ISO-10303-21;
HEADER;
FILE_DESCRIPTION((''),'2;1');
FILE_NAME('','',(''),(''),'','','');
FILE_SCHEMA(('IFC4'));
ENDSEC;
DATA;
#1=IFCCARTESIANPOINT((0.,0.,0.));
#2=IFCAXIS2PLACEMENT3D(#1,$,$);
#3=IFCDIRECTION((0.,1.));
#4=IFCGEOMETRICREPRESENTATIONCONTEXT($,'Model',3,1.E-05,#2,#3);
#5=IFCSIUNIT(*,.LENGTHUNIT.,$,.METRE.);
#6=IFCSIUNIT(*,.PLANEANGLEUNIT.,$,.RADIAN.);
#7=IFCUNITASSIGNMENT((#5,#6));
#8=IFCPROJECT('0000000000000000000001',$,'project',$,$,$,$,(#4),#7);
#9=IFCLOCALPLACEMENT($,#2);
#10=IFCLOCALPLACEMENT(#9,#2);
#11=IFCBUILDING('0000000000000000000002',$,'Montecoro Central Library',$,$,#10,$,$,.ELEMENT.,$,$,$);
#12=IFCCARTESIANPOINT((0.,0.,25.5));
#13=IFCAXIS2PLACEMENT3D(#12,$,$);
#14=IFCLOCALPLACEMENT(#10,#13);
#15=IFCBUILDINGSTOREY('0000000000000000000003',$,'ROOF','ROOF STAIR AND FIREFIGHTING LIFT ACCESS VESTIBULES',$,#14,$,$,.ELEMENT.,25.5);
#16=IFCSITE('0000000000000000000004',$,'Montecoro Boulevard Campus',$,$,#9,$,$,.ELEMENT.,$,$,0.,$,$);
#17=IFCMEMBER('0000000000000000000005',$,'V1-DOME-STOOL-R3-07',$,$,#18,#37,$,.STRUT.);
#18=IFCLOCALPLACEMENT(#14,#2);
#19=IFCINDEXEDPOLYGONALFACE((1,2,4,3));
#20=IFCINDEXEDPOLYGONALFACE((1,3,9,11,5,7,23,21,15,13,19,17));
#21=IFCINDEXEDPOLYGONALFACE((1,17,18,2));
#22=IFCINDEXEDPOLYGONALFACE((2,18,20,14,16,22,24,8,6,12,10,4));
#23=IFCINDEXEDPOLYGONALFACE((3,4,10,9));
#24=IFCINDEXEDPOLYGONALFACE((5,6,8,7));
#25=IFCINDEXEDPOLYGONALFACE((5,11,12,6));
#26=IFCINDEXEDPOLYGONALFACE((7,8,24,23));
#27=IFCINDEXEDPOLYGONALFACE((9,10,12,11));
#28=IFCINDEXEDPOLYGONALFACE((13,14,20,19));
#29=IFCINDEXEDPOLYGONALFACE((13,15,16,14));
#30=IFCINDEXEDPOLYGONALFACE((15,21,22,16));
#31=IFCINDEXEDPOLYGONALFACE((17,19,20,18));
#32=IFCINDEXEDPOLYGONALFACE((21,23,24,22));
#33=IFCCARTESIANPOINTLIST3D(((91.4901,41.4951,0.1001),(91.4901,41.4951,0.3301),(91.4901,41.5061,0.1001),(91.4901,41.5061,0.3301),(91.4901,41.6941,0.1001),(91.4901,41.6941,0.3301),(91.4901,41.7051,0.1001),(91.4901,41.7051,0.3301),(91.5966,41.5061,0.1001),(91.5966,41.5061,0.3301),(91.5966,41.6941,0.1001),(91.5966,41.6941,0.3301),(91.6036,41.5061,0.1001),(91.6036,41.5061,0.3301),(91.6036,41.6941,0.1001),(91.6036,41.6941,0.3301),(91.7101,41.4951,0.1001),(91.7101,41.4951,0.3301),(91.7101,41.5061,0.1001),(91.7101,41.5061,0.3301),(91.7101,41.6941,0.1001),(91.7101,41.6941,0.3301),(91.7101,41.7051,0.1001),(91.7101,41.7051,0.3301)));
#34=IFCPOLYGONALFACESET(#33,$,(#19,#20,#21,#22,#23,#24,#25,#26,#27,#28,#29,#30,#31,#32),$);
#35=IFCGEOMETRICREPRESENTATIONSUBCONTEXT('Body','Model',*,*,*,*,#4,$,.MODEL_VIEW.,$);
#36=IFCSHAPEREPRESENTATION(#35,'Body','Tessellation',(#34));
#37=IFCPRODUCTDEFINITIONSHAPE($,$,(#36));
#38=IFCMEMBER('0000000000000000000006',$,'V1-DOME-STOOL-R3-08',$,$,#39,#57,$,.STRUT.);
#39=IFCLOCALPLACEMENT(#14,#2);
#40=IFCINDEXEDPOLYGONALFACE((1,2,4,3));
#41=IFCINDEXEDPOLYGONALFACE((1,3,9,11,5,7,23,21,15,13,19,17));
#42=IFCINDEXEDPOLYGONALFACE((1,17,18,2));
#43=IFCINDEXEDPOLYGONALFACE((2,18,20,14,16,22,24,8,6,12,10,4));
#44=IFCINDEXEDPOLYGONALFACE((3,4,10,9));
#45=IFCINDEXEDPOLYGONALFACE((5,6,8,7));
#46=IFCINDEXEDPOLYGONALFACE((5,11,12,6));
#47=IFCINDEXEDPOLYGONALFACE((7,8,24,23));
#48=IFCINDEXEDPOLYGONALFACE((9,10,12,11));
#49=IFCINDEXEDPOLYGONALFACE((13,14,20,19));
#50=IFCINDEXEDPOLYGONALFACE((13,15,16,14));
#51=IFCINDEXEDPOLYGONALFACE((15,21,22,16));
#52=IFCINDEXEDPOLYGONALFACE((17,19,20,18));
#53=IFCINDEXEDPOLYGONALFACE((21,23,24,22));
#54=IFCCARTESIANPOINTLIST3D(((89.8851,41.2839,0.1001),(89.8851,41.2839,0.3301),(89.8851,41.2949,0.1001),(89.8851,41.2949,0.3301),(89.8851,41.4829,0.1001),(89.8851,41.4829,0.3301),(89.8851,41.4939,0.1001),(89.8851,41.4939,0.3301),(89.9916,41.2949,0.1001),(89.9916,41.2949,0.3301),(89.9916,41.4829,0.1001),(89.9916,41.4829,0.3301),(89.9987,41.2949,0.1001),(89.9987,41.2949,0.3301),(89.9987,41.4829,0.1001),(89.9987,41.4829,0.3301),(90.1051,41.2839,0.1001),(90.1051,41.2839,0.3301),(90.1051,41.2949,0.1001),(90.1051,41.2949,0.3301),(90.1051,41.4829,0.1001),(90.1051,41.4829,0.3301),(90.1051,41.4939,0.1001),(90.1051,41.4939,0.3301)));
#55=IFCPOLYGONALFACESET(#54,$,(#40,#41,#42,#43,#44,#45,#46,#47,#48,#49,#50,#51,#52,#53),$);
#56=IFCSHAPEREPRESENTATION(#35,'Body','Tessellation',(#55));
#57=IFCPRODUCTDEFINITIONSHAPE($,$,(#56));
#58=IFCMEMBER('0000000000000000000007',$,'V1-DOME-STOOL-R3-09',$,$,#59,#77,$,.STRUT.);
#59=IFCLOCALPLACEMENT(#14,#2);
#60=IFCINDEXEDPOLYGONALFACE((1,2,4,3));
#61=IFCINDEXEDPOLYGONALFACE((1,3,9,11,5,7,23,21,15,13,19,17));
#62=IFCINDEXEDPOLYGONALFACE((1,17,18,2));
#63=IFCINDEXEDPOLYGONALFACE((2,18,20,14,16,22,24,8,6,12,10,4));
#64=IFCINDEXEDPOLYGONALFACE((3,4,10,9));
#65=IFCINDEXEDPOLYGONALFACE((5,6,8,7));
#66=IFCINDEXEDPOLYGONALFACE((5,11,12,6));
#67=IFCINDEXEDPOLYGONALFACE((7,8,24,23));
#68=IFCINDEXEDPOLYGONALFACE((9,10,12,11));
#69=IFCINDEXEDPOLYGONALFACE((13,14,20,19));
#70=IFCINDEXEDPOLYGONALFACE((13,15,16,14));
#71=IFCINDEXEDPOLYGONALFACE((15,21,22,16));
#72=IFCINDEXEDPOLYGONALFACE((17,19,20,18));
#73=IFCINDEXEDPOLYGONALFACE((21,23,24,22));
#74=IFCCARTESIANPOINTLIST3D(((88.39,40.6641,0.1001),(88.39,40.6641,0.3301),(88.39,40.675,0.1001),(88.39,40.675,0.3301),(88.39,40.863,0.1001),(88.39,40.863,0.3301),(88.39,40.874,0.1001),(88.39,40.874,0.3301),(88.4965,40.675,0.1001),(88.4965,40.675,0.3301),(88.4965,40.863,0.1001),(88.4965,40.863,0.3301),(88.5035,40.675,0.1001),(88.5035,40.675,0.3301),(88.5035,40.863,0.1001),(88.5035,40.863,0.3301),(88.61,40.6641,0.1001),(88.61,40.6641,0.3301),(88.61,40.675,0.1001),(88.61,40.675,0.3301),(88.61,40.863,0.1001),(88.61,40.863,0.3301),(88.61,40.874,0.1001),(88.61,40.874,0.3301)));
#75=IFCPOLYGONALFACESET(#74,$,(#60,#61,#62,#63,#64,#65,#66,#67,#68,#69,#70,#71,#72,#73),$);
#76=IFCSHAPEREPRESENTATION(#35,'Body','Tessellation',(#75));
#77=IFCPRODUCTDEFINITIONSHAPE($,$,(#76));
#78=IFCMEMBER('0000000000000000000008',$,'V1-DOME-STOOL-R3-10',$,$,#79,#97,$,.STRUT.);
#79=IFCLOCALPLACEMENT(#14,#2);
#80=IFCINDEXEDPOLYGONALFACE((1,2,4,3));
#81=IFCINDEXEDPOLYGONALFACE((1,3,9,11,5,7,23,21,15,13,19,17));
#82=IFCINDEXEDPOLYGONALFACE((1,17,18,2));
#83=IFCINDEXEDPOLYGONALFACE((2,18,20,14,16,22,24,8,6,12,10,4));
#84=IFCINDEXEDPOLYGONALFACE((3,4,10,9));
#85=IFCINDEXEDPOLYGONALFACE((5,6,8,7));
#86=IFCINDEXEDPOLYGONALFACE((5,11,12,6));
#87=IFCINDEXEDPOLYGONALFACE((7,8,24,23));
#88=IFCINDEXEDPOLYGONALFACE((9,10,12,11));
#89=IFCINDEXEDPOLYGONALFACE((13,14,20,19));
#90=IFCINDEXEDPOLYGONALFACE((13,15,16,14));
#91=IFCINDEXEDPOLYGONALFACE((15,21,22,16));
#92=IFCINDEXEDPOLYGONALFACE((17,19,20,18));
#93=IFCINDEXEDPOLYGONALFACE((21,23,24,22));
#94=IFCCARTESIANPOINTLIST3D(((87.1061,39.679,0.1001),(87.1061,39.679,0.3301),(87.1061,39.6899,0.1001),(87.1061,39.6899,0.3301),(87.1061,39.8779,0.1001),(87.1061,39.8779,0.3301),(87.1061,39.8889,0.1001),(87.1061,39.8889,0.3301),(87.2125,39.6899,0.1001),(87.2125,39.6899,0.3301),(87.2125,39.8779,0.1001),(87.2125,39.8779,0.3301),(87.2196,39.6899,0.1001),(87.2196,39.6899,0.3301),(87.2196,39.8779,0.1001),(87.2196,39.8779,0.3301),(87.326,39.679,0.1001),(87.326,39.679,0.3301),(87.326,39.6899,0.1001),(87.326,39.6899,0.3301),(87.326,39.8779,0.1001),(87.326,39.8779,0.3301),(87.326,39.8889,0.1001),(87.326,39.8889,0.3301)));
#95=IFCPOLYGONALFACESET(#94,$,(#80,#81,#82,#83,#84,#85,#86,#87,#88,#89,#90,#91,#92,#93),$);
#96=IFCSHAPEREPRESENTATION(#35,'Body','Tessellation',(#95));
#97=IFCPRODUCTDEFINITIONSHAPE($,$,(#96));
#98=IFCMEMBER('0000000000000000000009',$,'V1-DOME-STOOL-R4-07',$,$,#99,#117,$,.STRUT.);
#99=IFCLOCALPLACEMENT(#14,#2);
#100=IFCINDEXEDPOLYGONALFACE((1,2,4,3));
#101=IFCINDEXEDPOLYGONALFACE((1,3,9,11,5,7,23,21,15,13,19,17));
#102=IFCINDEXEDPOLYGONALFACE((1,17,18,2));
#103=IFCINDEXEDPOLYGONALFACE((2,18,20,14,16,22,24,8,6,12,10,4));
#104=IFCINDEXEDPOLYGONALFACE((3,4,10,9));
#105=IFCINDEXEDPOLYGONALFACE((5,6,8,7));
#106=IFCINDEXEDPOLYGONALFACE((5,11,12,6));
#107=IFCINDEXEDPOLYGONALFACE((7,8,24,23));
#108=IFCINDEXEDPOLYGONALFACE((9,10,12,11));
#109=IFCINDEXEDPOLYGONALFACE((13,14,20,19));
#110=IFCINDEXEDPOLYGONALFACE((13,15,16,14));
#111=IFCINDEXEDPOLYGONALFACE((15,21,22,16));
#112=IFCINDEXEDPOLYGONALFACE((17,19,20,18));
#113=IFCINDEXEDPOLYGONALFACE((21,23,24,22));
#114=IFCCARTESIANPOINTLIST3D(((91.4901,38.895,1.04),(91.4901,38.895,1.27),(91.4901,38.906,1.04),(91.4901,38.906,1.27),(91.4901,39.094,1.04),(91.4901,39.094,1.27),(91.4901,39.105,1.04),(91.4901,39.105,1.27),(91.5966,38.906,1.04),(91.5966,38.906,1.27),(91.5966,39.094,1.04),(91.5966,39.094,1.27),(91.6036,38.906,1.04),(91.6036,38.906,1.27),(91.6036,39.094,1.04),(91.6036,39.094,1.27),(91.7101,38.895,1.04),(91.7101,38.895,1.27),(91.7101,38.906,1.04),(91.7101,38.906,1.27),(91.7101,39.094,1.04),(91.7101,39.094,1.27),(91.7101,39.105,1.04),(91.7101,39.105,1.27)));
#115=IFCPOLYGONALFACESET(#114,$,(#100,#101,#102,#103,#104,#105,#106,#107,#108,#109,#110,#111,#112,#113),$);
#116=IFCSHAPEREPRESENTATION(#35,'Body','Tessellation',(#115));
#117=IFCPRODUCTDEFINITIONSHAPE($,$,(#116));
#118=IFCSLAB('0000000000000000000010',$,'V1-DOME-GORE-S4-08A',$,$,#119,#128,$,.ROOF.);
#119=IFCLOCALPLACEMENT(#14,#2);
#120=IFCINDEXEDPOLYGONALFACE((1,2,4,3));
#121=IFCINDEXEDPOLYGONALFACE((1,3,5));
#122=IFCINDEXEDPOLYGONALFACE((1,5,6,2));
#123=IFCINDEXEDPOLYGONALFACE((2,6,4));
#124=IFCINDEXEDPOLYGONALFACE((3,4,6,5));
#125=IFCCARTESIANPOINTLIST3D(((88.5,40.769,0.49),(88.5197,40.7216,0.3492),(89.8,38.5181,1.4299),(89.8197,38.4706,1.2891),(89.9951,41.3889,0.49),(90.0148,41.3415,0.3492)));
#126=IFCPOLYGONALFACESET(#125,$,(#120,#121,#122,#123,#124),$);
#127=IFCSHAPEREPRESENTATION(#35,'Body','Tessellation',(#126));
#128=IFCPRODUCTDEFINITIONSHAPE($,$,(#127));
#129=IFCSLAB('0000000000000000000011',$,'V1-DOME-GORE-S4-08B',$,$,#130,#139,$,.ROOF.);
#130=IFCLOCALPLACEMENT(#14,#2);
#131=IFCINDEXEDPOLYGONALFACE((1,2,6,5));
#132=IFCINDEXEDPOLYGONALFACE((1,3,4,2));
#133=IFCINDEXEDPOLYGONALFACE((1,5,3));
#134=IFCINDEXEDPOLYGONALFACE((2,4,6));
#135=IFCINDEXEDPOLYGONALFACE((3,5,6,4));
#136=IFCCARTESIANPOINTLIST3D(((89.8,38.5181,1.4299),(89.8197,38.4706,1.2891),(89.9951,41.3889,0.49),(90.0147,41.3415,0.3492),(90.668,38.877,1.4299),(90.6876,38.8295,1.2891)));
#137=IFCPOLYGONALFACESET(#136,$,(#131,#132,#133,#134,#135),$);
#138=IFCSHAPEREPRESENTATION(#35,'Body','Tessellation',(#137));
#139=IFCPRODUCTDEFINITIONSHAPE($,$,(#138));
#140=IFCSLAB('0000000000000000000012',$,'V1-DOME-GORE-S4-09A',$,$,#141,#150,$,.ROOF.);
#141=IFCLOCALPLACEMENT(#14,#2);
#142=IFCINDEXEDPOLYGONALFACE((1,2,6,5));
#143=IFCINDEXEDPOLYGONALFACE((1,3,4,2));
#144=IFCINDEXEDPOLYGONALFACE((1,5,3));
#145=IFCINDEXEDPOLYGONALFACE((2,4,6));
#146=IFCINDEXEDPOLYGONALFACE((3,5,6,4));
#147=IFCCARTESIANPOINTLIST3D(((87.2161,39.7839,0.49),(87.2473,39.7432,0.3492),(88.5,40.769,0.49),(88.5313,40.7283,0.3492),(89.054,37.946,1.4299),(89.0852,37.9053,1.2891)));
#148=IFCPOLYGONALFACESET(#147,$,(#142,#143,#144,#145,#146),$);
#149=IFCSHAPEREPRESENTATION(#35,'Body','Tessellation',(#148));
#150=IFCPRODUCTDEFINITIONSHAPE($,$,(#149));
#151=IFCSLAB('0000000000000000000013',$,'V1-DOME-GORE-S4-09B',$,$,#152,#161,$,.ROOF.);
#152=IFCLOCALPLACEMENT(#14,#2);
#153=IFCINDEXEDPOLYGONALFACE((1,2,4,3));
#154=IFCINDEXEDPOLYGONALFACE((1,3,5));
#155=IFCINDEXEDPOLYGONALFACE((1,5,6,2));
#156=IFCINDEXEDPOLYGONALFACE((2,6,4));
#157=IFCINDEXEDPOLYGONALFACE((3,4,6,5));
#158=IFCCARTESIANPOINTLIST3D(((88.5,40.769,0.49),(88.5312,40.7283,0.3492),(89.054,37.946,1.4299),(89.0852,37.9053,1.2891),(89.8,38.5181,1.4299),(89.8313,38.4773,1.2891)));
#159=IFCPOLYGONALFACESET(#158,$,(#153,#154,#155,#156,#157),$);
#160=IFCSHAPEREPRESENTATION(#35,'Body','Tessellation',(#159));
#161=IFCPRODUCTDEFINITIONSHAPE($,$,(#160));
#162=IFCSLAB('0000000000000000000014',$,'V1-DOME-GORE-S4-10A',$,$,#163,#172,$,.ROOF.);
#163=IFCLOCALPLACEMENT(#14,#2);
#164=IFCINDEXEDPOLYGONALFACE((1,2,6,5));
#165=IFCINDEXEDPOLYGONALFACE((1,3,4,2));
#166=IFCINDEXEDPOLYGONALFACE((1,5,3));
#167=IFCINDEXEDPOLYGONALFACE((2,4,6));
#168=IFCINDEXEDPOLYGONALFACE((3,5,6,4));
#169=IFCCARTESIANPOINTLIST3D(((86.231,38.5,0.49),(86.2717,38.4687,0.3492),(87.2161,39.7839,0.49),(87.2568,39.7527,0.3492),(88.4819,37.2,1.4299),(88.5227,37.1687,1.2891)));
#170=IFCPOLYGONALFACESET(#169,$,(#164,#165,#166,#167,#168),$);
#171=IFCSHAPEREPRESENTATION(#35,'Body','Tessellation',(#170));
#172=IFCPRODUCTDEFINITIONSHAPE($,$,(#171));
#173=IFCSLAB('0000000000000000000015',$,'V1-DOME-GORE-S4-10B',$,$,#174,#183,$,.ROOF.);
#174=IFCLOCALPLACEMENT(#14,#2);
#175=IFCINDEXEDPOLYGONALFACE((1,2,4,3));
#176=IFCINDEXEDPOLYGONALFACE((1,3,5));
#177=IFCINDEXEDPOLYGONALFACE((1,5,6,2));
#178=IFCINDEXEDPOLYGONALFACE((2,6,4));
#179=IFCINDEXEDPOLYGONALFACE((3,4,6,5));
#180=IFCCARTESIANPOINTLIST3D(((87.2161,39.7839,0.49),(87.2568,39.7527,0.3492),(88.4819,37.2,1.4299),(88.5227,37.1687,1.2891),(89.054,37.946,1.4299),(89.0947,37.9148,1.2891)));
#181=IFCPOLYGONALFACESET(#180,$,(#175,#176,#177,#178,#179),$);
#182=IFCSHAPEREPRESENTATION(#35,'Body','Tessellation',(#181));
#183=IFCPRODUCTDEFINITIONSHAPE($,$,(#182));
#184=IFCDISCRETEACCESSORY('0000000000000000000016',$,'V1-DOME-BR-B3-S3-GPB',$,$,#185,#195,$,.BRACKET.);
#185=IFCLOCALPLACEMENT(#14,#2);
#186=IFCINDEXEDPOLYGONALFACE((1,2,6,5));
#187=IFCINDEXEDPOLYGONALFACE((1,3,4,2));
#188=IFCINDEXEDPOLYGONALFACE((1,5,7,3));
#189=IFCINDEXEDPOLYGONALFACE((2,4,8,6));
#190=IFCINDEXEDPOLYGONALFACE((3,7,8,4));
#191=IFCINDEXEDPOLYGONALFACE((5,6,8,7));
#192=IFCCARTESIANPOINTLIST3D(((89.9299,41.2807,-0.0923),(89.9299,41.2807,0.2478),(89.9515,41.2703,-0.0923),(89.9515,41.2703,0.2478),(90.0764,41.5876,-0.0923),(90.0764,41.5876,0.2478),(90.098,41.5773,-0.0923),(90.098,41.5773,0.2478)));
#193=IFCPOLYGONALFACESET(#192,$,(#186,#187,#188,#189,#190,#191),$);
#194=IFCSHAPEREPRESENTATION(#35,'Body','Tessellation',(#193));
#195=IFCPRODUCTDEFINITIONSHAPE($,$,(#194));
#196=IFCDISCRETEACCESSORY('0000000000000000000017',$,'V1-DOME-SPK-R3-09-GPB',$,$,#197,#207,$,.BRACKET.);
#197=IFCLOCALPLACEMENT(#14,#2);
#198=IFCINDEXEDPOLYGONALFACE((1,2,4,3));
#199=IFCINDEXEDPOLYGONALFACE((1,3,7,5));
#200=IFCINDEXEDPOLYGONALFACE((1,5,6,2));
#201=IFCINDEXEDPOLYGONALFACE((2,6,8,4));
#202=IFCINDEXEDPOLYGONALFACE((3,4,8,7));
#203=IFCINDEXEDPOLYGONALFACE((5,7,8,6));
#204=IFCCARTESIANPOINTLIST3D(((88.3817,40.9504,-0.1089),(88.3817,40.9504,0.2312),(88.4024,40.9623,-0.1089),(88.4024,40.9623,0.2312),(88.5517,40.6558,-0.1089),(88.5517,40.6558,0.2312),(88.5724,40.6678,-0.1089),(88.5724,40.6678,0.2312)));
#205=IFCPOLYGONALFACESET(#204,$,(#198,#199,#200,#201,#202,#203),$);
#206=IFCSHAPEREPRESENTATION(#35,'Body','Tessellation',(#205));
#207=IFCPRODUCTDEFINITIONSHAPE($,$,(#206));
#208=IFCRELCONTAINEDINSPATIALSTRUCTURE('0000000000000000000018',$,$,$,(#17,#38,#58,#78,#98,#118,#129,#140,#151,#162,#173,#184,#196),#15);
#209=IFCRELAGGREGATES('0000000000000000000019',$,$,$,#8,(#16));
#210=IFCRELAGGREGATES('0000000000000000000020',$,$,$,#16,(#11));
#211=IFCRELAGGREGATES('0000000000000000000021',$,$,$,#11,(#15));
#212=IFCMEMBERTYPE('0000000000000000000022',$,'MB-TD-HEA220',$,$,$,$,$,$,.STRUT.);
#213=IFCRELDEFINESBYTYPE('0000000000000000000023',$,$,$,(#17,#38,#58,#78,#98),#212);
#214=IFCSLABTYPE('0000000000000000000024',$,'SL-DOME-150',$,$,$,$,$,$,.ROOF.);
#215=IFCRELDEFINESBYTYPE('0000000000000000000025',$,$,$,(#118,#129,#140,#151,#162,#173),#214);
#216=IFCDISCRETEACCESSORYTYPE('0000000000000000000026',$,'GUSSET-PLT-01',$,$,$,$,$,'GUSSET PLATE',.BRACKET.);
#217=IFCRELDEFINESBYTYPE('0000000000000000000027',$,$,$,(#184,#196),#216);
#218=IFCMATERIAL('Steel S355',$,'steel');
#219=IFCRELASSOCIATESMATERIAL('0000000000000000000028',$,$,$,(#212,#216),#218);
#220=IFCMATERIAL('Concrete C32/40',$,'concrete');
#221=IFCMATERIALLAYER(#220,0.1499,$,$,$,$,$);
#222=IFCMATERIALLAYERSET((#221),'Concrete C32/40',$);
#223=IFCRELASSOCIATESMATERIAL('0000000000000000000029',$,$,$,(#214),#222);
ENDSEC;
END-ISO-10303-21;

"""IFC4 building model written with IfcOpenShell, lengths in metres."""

from ifc_helpers import new_model, si_unit, direction, frame, origin, origin_2d, place, context, subcontext, project, spatial, polyline, rectangle, i_section, outline, extrude, material, layer, layer_set, material_profile, profile_set, type_object, element, save


model = new_model("IFC4")

# Units and contexts
model_context = context("Model", 3, precision=1e-05, world=origin(), true_north=direction((0.0, 1.0)))
body_context = subcontext(model_context, "Body", "Model", "MODEL_VIEW")
ifc_project = project(units=[si_unit("LENGTHUNIT", "METRE"), si_unit("PLANEANGLEUNIT", "RADIAN")], contexts=[model_context])

# Site, building, storey
site_placement = place(None, origin())
site = spatial("IfcSite", under=ifc_project, at=site_placement, Name="Montecoro Boulevard Campus", CompositionType="ELEMENT", RefElevation=0.0)
building_placement = place(site_placement, origin())
building = spatial("IfcBuilding", under=site, at=building_placement, Name="Montecoro Central Library", CompositionType="ELEMENT")
storey_placement = place(building_placement, frame((0.0, 0.0, 25.5)))
storey = spatial("IfcBuildingStorey", under=building, at=storey_placement, Name="ROOF", Description="ROOF STAIR AND FIREFIGHTING LIFT ACCESS VESTIBULES", CompositionType="ELEMENT", Elevation=25.5)

# Members
ifc_material_1 = material(Name="Steel S355", Category="steel")
ifc_material_profile_1 = material_profile(ifc_material_1, i_section(OverallWidth=0.22, OverallDepth=0.21, WebThickness=0.0071, FlangeThickness=0.011, at=origin_2d()), Name="HEA 220")
ifc_profile_set_1 = profile_set([ifc_material_profile_1], Name="Steel S355")
member_type_1 = type_object("IfcMemberType", Name="MB-TD-HEA220", PredefinedType="STRUT", material=ifc_profile_set_1)
for number, where, z_axis, x_axis, name in (
    (1, (91.6001, 41.6001, 0.1001), (0.0, 0.0, 1.0), (1.0, 0.0, 0.0), "V1-DOME-STOOL-R3-07"),
    (2, (89.9951, 41.3889, 0.1001), (0.0, 0.0, 1.0), (1.0, 0.0, 0.0), "V1-DOME-STOOL-R3-08"),
    (3, (88.5, 40.769, 0.1001), (0.0, 0.0, 1.0), (1.0, 0.0, 0.0), "V1-DOME-STOOL-R3-09"),
    (4, (87.2161, 39.7839, 0.1001), (0.0, 0.0, 1.0), (1.0, 0.0, 0.0), "V1-DOME-STOOL-R3-10"),
    (5, (91.6001, 39.0, 1.04), (0.0, 0.0, 1.0), (1.0, 0.0, 0.0), "V1-DOME-STOOL-R4-07"),
):
    element("IfcMember", number, at=place(storey_placement, frame(where, z_axis=z_axis, x_axis=x_axis)), inside=storey, type_object=member_type_1, Name=name, PredefinedType="STRUT", context=body_context, shape_type="SweptSolid", body=[
        extrude(i_section(OverallWidth=0.22, OverallDepth=0.21, WebThickness=0.0071, FlangeThickness=0.011, at=origin_2d()), origin(), (0.0, 0.0, 1.0), 0.23),
    ])

# Slabs
ifc_material_2 = material(Name="Concrete C32/40", Category="concrete")
ifc_layer = layer(ifc_material_2, 0.1499)
ifc_layer_set = layer_set([ifc_layer], Name="Concrete C32/40")
slab_type = type_object("IfcSlabType", Name="SL-DOME-150", PredefinedType="ROOF", material=ifc_layer_set)
slab_1_placement = place(storey_placement, frame((89.9951, 41.3889, 0.49), z_axis=(-0.131223, 0.316507, 0.93947), x_axis=(-0.923754, -0.382987, 0.0)))
element("IfcSlab", 6, at=slab_1_placement, inside=storey, type_object=slab_type, Name="V1-DOME-GORE-S4-08A", PredefinedType="ROOF", context=body_context, shape_type="SweptSolid", body=[
    extrude(outline(polyline([(0.0, 0.0), (1.6185, 0.0), (1.2797, 2.7433), (0.0, 0.0)])), origin(), (0.0, 0.0, -1.0), 0.1499),
])
slab_2_placement = place(storey_placement, frame((89.9951, 41.3889, 0.49), z_axis=(-0.130873, 0.3165, 0.939521), x_axis=(-0.064441, -0.948384, 0.310509)))
element("IfcSlab", 7, at=slab_2_placement, inside=storey, type_object=slab_type, Name="V1-DOME-GORE-S4-08B", PredefinedType="ROOF", context=body_context, shape_type="SweptSolid", body=[
    extrude(outline(polyline([(0.0, 0.0), (3.0271, 0.0), (2.6308, 0.8515), (0.0, 0.0)])), origin(), (0.0, 0.0, -1.0), 0.1499),
])
slab_3_placement = place(storey_placement, frame((88.5, 40.769, 0.49), z_axis=(-0.208592, 0.271868, 0.939456), x_axis=(-0.79338, -0.608726, 0.0)))
element("IfcSlab", 8, at=slab_3_placement, inside=storey, type_object=slab_type, Name="V1-DOME-GORE-S4-09A", PredefinedType="ROOF", context=body_context, shape_type="SweptSolid", body=[
    extrude(outline(polyline([(0.0, 0.0), (1.6183, 0.0), (1.2789, 2.743), (0.0, 0.0)])), origin(), (0.0, 0.0, -1.0), 0.1499),
])
slab_4_placement = place(storey_placement, frame((88.5, 40.769, 0.49), z_axis=(-0.208463, 0.2719, 0.939475), x_axis=(0.183035, -0.932761, 0.310571)))
element("IfcSlab", 9, at=slab_4_placement, inside=storey, type_object=slab_type, Name="V1-DOME-GORE-S4-09B", PredefinedType="ROOF", context=body_context, shape_type="SweptSolid", body=[
    extrude(outline(polyline([(0.0, 0.0), (3.0265, 0.0), (2.6295, 0.8522), (0.0, 0.0)])), origin(), (0.0, 0.0, -1.0), 0.1499),
])
slab_5_placement = place(storey_placement, frame((87.2161, 39.7839, 0.49), z_axis=(-0.271837, 0.208568, 0.93947), x_axis=(-0.608726, -0.79338, 0.0)))
element("IfcSlab", 10, at=slab_5_placement, inside=storey, type_object=slab_type, Name="V1-DOME-GORE-S4-10A", PredefinedType="ROOF", context=body_context, shape_type="SweptSolid", body=[
    extrude(outline(polyline([(0.0, 0.0), (1.6183, 0.0), (1.2795, 2.7433), (0.0, 0.0)])), origin(), (0.0, 0.0, -1.0), 0.1499),
])
slab_6_placement = place(storey_placement, frame((87.2161, 39.7839, 0.49), z_axis=(-0.271954, 0.208504, 0.939451), x_axis=(0.418189, -0.853638, 0.310516)))
element("IfcSlab", 11, at=slab_6_placement, inside=storey, type_object=slab_type, Name="V1-DOME-GORE-S4-10B", PredefinedType="ROOF", context=body_context, shape_type="SweptSolid", body=[
    extrude(outline(polyline([(0.0, 0.0), (3.027, 0.0), (2.6293, 0.8519), (0.0, 0.0)])), origin(), (0.0, 0.0, -1.0), 0.1499),
])

# Discrete accessories
discrete_accessory_type = type_object("IfcDiscreteAccessoryType", Name="GUSSET-PLT-01", ElementType="GUSSET PLATE", PredefinedType="BRACKET", material=ifc_material_1)
for number, where, z_axis, x_axis, name in (
    (12, (90.0139, 41.429, -0.0923), (0.0, 0.0, 1.0), (-0.430826, -0.902435, 0.0), "V1-DOME-BR-B3-S3-GPB"),
    (13, (88.4771, 40.8091, -0.1089), (0.0, 0.0, 1.0), (0.499849, -0.866113, 0.0), "V1-DOME-SPK-R3-09-GPB"),
):
    element("IfcDiscreteAccessory", number, at=place(storey_placement, frame(where, z_axis=z_axis, x_axis=x_axis)), inside=storey, type_object=discrete_accessory_type, Name=name, PredefinedType="BRACKET", context=body_context, shape_type="SweptSolid", body=[
        extrude(rectangle(XDim=0.3401, YDim=0.0239, at=origin_2d()), origin(), (0.0, 0.0, 1.0), 0.3401),
    ])

save(model, "model.ifc")
